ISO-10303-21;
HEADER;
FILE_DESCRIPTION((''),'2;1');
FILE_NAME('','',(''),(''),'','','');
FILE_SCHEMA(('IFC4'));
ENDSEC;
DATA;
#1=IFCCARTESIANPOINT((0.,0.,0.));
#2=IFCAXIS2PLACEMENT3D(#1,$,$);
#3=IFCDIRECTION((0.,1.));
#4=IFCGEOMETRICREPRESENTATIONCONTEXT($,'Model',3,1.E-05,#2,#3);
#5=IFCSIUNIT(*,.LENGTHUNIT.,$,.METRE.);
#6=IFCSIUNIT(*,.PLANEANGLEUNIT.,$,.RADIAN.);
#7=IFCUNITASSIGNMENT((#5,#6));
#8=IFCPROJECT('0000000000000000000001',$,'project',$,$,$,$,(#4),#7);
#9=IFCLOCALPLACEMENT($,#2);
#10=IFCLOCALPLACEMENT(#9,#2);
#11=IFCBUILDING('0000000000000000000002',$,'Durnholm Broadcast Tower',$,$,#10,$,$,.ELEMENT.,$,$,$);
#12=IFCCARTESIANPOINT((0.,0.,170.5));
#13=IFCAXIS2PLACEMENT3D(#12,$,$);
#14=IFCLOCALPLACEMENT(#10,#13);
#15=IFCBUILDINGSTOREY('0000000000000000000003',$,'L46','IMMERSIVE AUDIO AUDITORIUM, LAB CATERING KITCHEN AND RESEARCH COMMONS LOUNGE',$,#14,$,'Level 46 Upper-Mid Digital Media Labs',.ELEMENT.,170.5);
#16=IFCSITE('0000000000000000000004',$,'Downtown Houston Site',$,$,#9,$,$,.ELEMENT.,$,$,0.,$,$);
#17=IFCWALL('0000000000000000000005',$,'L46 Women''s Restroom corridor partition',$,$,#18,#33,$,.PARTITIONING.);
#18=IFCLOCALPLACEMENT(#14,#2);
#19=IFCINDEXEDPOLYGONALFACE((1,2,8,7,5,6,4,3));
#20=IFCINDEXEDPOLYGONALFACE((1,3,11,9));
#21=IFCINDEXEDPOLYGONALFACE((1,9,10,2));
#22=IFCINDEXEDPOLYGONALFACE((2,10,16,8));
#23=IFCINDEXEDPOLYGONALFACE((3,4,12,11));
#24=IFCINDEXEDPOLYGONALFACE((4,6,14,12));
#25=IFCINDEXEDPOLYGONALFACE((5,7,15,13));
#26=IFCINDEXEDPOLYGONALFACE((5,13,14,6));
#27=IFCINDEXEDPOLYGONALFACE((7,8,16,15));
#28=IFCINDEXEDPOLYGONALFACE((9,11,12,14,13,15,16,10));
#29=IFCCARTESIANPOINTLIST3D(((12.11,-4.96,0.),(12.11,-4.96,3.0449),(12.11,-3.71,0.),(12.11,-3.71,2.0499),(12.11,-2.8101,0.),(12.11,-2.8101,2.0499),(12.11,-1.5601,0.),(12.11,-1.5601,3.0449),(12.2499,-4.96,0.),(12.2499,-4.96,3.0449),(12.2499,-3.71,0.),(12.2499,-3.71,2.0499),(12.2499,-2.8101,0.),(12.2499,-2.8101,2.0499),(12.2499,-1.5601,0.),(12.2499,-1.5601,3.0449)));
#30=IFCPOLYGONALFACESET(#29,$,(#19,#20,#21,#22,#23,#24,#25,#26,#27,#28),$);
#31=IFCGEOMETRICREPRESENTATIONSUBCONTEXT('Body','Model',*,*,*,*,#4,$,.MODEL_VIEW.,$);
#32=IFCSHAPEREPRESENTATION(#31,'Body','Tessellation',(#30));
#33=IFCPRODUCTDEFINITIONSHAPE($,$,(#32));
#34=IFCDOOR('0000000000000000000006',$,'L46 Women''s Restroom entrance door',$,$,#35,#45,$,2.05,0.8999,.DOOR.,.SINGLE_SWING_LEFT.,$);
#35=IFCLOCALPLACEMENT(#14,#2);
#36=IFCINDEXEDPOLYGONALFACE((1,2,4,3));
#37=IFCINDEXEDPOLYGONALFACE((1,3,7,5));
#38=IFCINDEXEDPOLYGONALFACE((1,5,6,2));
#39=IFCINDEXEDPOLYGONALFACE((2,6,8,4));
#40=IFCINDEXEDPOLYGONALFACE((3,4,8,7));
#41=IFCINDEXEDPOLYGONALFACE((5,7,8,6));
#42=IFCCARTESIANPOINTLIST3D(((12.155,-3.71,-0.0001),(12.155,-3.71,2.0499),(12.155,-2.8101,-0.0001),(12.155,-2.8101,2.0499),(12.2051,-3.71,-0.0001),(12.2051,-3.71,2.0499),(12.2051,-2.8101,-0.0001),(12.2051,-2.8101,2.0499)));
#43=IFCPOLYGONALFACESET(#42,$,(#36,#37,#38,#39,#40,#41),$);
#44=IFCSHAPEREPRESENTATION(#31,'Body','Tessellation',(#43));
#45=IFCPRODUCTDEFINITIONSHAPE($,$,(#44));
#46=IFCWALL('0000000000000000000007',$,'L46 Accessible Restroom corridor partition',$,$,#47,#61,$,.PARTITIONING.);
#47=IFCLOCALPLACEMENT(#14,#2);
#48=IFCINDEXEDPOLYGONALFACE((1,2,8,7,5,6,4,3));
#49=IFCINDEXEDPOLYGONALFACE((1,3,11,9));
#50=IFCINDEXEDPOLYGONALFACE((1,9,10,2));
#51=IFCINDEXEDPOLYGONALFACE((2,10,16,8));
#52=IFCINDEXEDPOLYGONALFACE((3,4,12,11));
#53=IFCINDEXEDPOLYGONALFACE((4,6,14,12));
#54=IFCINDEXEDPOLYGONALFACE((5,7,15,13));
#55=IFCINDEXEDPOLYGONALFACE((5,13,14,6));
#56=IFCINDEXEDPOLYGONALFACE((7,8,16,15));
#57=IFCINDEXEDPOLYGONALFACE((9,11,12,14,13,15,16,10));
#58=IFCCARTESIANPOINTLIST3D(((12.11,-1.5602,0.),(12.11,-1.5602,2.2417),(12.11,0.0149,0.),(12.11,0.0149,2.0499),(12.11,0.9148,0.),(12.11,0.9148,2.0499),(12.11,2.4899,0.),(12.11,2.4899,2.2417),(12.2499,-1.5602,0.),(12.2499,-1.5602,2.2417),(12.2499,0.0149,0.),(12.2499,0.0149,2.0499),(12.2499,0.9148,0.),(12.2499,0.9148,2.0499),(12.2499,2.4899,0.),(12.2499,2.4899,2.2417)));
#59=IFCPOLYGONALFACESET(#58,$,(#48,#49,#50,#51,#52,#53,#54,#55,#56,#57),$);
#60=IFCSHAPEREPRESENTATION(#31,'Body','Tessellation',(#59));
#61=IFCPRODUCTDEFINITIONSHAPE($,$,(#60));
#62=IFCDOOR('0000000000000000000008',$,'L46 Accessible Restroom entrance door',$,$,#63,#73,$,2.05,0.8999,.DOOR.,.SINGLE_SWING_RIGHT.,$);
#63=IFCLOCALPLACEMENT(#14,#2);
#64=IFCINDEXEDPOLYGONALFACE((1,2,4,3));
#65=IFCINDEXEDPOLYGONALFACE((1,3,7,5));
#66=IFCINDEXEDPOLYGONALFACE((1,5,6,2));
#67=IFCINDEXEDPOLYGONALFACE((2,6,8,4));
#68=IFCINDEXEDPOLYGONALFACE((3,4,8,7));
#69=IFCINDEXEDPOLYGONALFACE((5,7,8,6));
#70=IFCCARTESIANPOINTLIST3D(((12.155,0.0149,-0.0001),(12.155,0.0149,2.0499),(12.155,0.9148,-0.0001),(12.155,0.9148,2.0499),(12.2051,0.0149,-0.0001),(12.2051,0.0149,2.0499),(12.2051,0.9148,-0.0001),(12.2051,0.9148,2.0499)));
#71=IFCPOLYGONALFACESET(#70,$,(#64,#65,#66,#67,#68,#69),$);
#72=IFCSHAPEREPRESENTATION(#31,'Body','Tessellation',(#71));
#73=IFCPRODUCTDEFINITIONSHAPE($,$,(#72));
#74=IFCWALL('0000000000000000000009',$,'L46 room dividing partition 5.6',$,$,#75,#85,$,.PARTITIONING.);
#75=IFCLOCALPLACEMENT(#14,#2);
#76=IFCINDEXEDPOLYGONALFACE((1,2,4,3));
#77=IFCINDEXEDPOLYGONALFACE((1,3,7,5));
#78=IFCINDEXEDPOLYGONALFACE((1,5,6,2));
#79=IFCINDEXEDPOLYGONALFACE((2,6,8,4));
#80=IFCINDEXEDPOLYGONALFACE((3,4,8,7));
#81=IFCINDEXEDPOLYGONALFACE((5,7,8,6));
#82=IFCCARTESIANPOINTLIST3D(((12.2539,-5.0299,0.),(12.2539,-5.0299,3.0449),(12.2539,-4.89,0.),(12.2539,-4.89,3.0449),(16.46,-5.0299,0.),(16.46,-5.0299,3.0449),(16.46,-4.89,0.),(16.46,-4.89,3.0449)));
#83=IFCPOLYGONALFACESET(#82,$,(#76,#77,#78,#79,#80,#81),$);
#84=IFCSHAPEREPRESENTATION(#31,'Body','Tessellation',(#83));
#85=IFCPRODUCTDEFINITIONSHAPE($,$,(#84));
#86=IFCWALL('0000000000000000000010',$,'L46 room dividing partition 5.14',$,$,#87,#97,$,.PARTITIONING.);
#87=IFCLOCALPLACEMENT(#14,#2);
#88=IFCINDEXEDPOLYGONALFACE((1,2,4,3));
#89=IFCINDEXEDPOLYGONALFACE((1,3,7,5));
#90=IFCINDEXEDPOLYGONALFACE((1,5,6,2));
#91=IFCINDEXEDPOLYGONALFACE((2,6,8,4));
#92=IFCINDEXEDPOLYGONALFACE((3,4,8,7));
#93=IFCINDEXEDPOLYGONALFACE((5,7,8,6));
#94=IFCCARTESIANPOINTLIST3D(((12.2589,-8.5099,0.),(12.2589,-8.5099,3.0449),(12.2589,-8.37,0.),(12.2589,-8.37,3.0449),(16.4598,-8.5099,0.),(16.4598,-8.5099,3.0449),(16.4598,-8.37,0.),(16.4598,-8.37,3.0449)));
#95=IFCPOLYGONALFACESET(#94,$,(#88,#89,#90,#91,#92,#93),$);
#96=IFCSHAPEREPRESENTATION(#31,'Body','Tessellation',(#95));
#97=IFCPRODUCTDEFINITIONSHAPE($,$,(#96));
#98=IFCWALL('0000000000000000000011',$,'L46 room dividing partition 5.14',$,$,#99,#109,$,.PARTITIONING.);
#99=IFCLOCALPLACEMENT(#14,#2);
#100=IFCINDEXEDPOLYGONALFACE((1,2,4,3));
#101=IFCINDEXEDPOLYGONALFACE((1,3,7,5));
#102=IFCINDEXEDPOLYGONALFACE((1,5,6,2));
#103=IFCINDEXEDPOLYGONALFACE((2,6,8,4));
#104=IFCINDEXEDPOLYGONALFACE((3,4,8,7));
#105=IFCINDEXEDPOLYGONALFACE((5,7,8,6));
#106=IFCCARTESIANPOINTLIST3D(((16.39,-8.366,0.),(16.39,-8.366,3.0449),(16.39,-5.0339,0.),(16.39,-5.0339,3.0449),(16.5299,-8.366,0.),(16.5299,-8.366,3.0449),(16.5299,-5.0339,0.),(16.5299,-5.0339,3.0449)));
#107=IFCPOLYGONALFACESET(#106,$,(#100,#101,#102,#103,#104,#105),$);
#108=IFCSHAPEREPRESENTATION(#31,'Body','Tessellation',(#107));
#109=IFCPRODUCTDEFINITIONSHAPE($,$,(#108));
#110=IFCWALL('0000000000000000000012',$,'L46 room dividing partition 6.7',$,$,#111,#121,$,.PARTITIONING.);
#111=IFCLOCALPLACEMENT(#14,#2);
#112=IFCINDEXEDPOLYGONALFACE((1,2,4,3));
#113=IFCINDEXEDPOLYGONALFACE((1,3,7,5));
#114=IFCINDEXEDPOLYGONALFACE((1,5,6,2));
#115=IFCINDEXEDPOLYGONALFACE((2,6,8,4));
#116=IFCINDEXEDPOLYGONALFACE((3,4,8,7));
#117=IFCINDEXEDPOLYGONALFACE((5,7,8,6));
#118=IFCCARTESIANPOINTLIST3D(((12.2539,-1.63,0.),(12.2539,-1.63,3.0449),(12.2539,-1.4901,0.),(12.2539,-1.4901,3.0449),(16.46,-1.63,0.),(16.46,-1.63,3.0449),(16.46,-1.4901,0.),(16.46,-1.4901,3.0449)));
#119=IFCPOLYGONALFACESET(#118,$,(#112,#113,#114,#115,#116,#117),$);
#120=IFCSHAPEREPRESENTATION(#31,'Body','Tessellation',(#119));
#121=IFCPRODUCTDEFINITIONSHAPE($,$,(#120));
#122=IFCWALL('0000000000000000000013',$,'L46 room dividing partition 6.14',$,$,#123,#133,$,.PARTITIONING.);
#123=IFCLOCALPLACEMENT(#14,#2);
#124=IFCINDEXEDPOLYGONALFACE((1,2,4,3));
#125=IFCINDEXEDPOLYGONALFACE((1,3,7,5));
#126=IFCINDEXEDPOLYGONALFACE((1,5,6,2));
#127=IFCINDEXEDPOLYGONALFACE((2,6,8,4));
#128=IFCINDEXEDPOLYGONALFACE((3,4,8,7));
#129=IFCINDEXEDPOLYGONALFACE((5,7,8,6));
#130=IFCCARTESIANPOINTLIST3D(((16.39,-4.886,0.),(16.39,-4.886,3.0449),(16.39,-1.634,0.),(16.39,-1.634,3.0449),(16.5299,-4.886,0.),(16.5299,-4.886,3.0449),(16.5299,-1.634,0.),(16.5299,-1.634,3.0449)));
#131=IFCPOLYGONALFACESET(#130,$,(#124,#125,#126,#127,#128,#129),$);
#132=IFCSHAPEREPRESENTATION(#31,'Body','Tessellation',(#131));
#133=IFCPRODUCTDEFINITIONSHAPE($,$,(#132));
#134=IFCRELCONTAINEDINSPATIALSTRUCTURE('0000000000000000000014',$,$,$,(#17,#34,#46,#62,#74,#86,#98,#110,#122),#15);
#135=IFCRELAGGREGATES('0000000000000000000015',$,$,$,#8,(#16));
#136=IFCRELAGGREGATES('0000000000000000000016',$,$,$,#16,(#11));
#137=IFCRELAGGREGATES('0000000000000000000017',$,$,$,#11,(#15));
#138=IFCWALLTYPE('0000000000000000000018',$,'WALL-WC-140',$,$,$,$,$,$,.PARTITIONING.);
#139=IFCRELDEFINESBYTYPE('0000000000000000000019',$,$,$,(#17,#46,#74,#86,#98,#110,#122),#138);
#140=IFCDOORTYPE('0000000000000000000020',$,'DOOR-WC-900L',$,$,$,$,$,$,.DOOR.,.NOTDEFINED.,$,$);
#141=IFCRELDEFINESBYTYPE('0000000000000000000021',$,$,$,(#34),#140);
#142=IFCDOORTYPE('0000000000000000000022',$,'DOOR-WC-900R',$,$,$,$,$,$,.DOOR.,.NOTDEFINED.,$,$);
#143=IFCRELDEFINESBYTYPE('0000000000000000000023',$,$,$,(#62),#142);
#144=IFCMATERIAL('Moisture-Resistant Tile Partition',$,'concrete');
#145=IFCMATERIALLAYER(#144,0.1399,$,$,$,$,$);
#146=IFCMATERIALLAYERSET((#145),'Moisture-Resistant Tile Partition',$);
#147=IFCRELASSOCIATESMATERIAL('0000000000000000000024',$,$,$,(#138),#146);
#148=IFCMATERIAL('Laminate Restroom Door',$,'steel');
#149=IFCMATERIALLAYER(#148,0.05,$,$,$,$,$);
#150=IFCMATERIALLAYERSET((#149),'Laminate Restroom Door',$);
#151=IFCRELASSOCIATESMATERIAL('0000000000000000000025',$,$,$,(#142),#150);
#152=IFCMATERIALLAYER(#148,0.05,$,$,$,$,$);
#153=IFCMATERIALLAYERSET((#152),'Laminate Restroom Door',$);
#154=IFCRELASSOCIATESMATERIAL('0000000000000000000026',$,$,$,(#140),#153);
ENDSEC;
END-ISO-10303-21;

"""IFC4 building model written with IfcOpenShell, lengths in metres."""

from ifc_helpers import new_model, si_unit, direction, frame, frame_2d, origin, place, context, subcontext, project, spatial, rectangle, extrude, source, transform, mapped, material, layer, layer_set, type_object, type_shapes, element, fill, save


model = new_model("IFC4")

# Units and contexts
model_context = context("Model", 3, precision=1e-05, world=origin(), true_north=direction((0.0, 1.0)))
body_context = subcontext(model_context, "Body", "Model", "MODEL_VIEW")
ifc_project = project(units=[si_unit("LENGTHUNIT", "METRE"), si_unit("PLANEANGLEUNIT", "RADIAN")], contexts=[model_context])

# Site, building, storey
site_placement = place(None, origin())
site = spatial("IfcSite", under=ifc_project, at=site_placement, Name="Downtown Houston Site", CompositionType="ELEMENT", RefElevation=0.0)
building_placement = place(site_placement, origin())
building = spatial("IfcBuilding", under=site, at=building_placement, Name="Durnholm Broadcast Tower", CompositionType="ELEMENT")
storey_placement = place(building_placement, frame((0.0, 0.0, 170.5)))
storey = spatial("IfcBuildingStorey", under=building, at=storey_placement, Name="L46", Description="IMMERSIVE AUDIO AUDITORIUM, LAB CATERING KITCHEN AND RESEARCH COMMONS LOUNGE", LongName="Level 46 Upper-Mid Digital Media Labs", CompositionType="ELEMENT", Elevation=170.5)

# Walls, openings, doors
ifc_material_1 = material(Name="Moisture-Resistant Tile Partition", Category="concrete")
ifc_layer_1 = layer(ifc_material_1, 0.1399)
ifc_layer_set_1 = layer_set([ifc_layer_1], Name="Moisture-Resistant Tile Partition")
wall_type_1 = type_object("IfcWallType", Name="WALL-WC-140", PredefinedType="PARTITIONING", material=ifc_layer_set_1)
ifc_material_2 = material(Name="Laminate Restroom Door", Category="steel")
ifc_layer_2 = layer(ifc_material_2, 0.05)
ifc_layer_set_2 = layer_set([ifc_layer_2], Name="Laminate Restroom Door")
door_type_1 = type_object("IfcDoorType", Name="DOOR-WC-900R", OperationType="NOTDEFINED", PredefinedType="DOOR", material=ifc_layer_set_2)
shared_shape_1 = source(origin(), body_context, "Body", "SweptSolid", [
    extrude(rectangle(XDim=0.8999, YDim=2.05, at=frame_2d((0.45, 1.0249))), frame((0.0, 0.0249, 0.0), z_axis=(0.0, -1.0, 0.0), x_axis=(1.0, 0.0, 0.0)), (0.0, 0.0, 1.0), 0.05),
])
type_shapes(door_type_1, [shared_shape_1])
wall_1_placement = place(storey_placement, frame((12.1799, -4.96, 0.0), z_axis=(0.0, 0.0, 1.0), x_axis=(0.0, 1.0, 0.0)))
wall_1 = element("IfcWall", 1, at=wall_1_placement, inside=storey, type_object=wall_type_1, Name="L46 Women's Restroom corridor partition", PredefinedType="PARTITIONING", context=body_context, shape_type="SweptSolid", body=[
    extrude(rectangle(XDim=3.3999, YDim=0.1399, at=frame_2d((1.7, 0.0))), origin(), (0.0, 0.0, 1.0), 3.0449),
])
opening_1_placement = place(wall_1_placement, frame((1.25, 0.0, 0.0)))
opening_1 = element("IfcOpeningElement", 2, at=opening_1_placement, cuts=wall_1, PredefinedType="OPENING", context=body_context, shape_type="SweptSolid", body=[
    extrude(rectangle(XDim=0.8999, YDim=2.05, at=frame_2d((0.45, 1.0249))), frame((0.0, 0.0801, 0.0), z_axis=(0.0, -1.0, 0.0), x_axis=(1.0, 0.0, 0.0)), (0.0, 0.0, 1.0), 0.1599),
])
ifc_layer_3 = layer(ifc_material_2, 0.05)
ifc_layer_set_3 = layer_set([ifc_layer_3], Name="Laminate Restroom Door")
door_type_2 = type_object("IfcDoorType", Name="DOOR-WC-900L", OperationType="NOTDEFINED", PredefinedType="DOOR", material=ifc_layer_set_3)
shared_shape_2 = source(origin(), body_context, "Body", "SweptSolid", [
    extrude(rectangle(XDim=0.8999, YDim=2.05, at=frame_2d((0.45, 1.0249))), frame((0.0, 0.0249, 0.0), z_axis=(0.0, -1.0, 0.0), x_axis=(1.0, 0.0, 0.0)), (0.0, 0.0, 1.0), 0.05),
])
type_shapes(door_type_2, [shared_shape_2])
door_1_placement = place(opening_1_placement, origin())
door_1 = element("IfcDoor", 3, at=door_1_placement, inside=storey, type_object=door_type_2, Name="L46 Women's Restroom entrance door", OperationType="SINGLE_SWING_LEFT", OverallHeight=2.05, OverallWidth=0.8999, PredefinedType="DOOR", context=body_context, shape_type="MappedRepresentation", body=[
    mapped(shared_shape_2, transform((0.0, 0.0, 0.0), x_axis=(1.0, 0.0, 0.0), y_axis=(0.0, 1.0, 0.0), z_axis=(0.0, 0.0, 1.0), scale=1.0)),
])
fill(opening_1, door_1)
wall_2_placement = place(storey_placement, frame((12.1799, -1.5601, 0.0), z_axis=(0.0, 0.0, 1.0), x_axis=(0.0, 1.0, 0.0)))
wall_2 = element("IfcWall", 4, at=wall_2_placement, inside=storey, type_object=wall_type_1, Name="L46 Accessible Restroom corridor partition", PredefinedType="PARTITIONING", context=body_context, shape_type="SweptSolid", body=[
    extrude(rectangle(XDim=4.05, YDim=0.1399, at=frame_2d((2.0249, 0.0))), origin(), (0.0, 0.0, 1.0), 2.2417),
])
opening_2_placement = place(wall_2_placement, frame((1.575, 0.0, 0.0)))
opening_2 = element("IfcOpeningElement", 5, at=opening_2_placement, cuts=wall_2, PredefinedType="OPENING", context=body_context, shape_type="SweptSolid", body=[
    extrude(rectangle(XDim=0.8999, YDim=2.05, at=frame_2d((0.45, 1.0249))), frame((0.0, 0.0801, 0.0), z_axis=(0.0, -1.0, 0.0), x_axis=(1.0, 0.0, 0.0)), (0.0, 0.0, 1.0), 0.1599),
])
door_2_placement = place(opening_2_placement, origin())
door_2 = element("IfcDoor", 6, at=door_2_placement, inside=storey, type_object=door_type_1, Name="L46 Accessible Restroom entrance door", OperationType="SINGLE_SWING_RIGHT", OverallHeight=2.05, OverallWidth=0.8999, PredefinedType="DOOR", context=body_context, shape_type="MappedRepresentation", body=[
    mapped(shared_shape_1, transform((0.0, 0.0, 0.0), x_axis=(1.0, 0.0, 0.0), y_axis=(0.0, 1.0, 0.0), z_axis=(0.0, 0.0, 1.0), scale=1.0)),
])
fill(opening_2, door_2)

# Walls
wall_3_placement = place(storey_placement, frame((12.2539, -4.96, 0.0), z_axis=(0.0, 0.0, 1.0), x_axis=(1.0, 0.0, 0.0)))
element("IfcWall", 7, at=wall_3_placement, inside=storey, type_object=wall_type_1, Name="L46 room dividing partition 5.6", PredefinedType="PARTITIONING", context=body_context, shape_type="SweptSolid", body=[
    extrude(rectangle(XDim=4.2061, YDim=0.1399, at=frame_2d((2.103, 0.0))), origin(), (0.0, 0.0, 1.0), 3.0449),
])
wall_4_placement = place(storey_placement, frame((16.46, -8.4399, 0.0), z_axis=(0.0, 0.0, 1.0), x_axis=(-1.0, 0.0, 0.0)))
element("IfcWall", 8, at=wall_4_placement, inside=storey, type_object=wall_type_1, Name="L46 room dividing partition 5.14", PredefinedType="PARTITIONING", context=body_context, shape_type="SweptSolid", body=[
    extrude(rectangle(XDim=4.2009, YDim=0.1399, at=frame_2d((2.1006, 0.0))), origin(), (0.0, 0.0, 1.0), 3.0449),
])
wall_5_placement = place(storey_placement, frame((16.46, -5.0339, 0.0), z_axis=(0.0, 0.0, 1.0), x_axis=(0.0, -1.0, 0.0)))
element("IfcWall", 9, at=wall_5_placement, inside=storey, type_object=wall_type_1, Name="L46 room dividing partition 5.14", PredefinedType="PARTITIONING", context=body_context, shape_type="SweptSolid", body=[
    extrude(rectangle(XDim=3.332, YDim=0.1399, at=frame_2d((1.666, 0.0))), origin(), (0.0, 0.0, 1.0), 3.0449),
])
wall_6_placement = place(storey_placement, frame((12.2539, -1.5601, 0.0), z_axis=(0.0, 0.0, 1.0), x_axis=(1.0, 0.0, 0.0)))
element("IfcWall", 10, at=wall_6_placement, inside=storey, type_object=wall_type_1, Name="L46 room dividing partition 6.7", PredefinedType="PARTITIONING", context=body_context, shape_type="SweptSolid", body=[
    extrude(rectangle(XDim=4.2061, YDim=0.1399, at=frame_2d((2.103, 0.0))), origin(), (0.0, 0.0, 1.0), 3.0449),
])
wall_7_placement = place(storey_placement, frame((16.46, -1.634, 0.0), z_axis=(0.0, 0.0, 1.0), x_axis=(0.0, -1.0, 0.0)))
element("IfcWall", 11, at=wall_7_placement, inside=storey, type_object=wall_type_1, Name="L46 room dividing partition 6.14", PredefinedType="PARTITIONING", context=body_context, shape_type="SweptSolid", body=[
    extrude(rectangle(XDim=3.252, YDim=0.1399, at=frame_2d((1.626, 0.0))), origin(), (0.0, 0.0, 1.0), 3.0449),
])

save(model, "model.ifc")
